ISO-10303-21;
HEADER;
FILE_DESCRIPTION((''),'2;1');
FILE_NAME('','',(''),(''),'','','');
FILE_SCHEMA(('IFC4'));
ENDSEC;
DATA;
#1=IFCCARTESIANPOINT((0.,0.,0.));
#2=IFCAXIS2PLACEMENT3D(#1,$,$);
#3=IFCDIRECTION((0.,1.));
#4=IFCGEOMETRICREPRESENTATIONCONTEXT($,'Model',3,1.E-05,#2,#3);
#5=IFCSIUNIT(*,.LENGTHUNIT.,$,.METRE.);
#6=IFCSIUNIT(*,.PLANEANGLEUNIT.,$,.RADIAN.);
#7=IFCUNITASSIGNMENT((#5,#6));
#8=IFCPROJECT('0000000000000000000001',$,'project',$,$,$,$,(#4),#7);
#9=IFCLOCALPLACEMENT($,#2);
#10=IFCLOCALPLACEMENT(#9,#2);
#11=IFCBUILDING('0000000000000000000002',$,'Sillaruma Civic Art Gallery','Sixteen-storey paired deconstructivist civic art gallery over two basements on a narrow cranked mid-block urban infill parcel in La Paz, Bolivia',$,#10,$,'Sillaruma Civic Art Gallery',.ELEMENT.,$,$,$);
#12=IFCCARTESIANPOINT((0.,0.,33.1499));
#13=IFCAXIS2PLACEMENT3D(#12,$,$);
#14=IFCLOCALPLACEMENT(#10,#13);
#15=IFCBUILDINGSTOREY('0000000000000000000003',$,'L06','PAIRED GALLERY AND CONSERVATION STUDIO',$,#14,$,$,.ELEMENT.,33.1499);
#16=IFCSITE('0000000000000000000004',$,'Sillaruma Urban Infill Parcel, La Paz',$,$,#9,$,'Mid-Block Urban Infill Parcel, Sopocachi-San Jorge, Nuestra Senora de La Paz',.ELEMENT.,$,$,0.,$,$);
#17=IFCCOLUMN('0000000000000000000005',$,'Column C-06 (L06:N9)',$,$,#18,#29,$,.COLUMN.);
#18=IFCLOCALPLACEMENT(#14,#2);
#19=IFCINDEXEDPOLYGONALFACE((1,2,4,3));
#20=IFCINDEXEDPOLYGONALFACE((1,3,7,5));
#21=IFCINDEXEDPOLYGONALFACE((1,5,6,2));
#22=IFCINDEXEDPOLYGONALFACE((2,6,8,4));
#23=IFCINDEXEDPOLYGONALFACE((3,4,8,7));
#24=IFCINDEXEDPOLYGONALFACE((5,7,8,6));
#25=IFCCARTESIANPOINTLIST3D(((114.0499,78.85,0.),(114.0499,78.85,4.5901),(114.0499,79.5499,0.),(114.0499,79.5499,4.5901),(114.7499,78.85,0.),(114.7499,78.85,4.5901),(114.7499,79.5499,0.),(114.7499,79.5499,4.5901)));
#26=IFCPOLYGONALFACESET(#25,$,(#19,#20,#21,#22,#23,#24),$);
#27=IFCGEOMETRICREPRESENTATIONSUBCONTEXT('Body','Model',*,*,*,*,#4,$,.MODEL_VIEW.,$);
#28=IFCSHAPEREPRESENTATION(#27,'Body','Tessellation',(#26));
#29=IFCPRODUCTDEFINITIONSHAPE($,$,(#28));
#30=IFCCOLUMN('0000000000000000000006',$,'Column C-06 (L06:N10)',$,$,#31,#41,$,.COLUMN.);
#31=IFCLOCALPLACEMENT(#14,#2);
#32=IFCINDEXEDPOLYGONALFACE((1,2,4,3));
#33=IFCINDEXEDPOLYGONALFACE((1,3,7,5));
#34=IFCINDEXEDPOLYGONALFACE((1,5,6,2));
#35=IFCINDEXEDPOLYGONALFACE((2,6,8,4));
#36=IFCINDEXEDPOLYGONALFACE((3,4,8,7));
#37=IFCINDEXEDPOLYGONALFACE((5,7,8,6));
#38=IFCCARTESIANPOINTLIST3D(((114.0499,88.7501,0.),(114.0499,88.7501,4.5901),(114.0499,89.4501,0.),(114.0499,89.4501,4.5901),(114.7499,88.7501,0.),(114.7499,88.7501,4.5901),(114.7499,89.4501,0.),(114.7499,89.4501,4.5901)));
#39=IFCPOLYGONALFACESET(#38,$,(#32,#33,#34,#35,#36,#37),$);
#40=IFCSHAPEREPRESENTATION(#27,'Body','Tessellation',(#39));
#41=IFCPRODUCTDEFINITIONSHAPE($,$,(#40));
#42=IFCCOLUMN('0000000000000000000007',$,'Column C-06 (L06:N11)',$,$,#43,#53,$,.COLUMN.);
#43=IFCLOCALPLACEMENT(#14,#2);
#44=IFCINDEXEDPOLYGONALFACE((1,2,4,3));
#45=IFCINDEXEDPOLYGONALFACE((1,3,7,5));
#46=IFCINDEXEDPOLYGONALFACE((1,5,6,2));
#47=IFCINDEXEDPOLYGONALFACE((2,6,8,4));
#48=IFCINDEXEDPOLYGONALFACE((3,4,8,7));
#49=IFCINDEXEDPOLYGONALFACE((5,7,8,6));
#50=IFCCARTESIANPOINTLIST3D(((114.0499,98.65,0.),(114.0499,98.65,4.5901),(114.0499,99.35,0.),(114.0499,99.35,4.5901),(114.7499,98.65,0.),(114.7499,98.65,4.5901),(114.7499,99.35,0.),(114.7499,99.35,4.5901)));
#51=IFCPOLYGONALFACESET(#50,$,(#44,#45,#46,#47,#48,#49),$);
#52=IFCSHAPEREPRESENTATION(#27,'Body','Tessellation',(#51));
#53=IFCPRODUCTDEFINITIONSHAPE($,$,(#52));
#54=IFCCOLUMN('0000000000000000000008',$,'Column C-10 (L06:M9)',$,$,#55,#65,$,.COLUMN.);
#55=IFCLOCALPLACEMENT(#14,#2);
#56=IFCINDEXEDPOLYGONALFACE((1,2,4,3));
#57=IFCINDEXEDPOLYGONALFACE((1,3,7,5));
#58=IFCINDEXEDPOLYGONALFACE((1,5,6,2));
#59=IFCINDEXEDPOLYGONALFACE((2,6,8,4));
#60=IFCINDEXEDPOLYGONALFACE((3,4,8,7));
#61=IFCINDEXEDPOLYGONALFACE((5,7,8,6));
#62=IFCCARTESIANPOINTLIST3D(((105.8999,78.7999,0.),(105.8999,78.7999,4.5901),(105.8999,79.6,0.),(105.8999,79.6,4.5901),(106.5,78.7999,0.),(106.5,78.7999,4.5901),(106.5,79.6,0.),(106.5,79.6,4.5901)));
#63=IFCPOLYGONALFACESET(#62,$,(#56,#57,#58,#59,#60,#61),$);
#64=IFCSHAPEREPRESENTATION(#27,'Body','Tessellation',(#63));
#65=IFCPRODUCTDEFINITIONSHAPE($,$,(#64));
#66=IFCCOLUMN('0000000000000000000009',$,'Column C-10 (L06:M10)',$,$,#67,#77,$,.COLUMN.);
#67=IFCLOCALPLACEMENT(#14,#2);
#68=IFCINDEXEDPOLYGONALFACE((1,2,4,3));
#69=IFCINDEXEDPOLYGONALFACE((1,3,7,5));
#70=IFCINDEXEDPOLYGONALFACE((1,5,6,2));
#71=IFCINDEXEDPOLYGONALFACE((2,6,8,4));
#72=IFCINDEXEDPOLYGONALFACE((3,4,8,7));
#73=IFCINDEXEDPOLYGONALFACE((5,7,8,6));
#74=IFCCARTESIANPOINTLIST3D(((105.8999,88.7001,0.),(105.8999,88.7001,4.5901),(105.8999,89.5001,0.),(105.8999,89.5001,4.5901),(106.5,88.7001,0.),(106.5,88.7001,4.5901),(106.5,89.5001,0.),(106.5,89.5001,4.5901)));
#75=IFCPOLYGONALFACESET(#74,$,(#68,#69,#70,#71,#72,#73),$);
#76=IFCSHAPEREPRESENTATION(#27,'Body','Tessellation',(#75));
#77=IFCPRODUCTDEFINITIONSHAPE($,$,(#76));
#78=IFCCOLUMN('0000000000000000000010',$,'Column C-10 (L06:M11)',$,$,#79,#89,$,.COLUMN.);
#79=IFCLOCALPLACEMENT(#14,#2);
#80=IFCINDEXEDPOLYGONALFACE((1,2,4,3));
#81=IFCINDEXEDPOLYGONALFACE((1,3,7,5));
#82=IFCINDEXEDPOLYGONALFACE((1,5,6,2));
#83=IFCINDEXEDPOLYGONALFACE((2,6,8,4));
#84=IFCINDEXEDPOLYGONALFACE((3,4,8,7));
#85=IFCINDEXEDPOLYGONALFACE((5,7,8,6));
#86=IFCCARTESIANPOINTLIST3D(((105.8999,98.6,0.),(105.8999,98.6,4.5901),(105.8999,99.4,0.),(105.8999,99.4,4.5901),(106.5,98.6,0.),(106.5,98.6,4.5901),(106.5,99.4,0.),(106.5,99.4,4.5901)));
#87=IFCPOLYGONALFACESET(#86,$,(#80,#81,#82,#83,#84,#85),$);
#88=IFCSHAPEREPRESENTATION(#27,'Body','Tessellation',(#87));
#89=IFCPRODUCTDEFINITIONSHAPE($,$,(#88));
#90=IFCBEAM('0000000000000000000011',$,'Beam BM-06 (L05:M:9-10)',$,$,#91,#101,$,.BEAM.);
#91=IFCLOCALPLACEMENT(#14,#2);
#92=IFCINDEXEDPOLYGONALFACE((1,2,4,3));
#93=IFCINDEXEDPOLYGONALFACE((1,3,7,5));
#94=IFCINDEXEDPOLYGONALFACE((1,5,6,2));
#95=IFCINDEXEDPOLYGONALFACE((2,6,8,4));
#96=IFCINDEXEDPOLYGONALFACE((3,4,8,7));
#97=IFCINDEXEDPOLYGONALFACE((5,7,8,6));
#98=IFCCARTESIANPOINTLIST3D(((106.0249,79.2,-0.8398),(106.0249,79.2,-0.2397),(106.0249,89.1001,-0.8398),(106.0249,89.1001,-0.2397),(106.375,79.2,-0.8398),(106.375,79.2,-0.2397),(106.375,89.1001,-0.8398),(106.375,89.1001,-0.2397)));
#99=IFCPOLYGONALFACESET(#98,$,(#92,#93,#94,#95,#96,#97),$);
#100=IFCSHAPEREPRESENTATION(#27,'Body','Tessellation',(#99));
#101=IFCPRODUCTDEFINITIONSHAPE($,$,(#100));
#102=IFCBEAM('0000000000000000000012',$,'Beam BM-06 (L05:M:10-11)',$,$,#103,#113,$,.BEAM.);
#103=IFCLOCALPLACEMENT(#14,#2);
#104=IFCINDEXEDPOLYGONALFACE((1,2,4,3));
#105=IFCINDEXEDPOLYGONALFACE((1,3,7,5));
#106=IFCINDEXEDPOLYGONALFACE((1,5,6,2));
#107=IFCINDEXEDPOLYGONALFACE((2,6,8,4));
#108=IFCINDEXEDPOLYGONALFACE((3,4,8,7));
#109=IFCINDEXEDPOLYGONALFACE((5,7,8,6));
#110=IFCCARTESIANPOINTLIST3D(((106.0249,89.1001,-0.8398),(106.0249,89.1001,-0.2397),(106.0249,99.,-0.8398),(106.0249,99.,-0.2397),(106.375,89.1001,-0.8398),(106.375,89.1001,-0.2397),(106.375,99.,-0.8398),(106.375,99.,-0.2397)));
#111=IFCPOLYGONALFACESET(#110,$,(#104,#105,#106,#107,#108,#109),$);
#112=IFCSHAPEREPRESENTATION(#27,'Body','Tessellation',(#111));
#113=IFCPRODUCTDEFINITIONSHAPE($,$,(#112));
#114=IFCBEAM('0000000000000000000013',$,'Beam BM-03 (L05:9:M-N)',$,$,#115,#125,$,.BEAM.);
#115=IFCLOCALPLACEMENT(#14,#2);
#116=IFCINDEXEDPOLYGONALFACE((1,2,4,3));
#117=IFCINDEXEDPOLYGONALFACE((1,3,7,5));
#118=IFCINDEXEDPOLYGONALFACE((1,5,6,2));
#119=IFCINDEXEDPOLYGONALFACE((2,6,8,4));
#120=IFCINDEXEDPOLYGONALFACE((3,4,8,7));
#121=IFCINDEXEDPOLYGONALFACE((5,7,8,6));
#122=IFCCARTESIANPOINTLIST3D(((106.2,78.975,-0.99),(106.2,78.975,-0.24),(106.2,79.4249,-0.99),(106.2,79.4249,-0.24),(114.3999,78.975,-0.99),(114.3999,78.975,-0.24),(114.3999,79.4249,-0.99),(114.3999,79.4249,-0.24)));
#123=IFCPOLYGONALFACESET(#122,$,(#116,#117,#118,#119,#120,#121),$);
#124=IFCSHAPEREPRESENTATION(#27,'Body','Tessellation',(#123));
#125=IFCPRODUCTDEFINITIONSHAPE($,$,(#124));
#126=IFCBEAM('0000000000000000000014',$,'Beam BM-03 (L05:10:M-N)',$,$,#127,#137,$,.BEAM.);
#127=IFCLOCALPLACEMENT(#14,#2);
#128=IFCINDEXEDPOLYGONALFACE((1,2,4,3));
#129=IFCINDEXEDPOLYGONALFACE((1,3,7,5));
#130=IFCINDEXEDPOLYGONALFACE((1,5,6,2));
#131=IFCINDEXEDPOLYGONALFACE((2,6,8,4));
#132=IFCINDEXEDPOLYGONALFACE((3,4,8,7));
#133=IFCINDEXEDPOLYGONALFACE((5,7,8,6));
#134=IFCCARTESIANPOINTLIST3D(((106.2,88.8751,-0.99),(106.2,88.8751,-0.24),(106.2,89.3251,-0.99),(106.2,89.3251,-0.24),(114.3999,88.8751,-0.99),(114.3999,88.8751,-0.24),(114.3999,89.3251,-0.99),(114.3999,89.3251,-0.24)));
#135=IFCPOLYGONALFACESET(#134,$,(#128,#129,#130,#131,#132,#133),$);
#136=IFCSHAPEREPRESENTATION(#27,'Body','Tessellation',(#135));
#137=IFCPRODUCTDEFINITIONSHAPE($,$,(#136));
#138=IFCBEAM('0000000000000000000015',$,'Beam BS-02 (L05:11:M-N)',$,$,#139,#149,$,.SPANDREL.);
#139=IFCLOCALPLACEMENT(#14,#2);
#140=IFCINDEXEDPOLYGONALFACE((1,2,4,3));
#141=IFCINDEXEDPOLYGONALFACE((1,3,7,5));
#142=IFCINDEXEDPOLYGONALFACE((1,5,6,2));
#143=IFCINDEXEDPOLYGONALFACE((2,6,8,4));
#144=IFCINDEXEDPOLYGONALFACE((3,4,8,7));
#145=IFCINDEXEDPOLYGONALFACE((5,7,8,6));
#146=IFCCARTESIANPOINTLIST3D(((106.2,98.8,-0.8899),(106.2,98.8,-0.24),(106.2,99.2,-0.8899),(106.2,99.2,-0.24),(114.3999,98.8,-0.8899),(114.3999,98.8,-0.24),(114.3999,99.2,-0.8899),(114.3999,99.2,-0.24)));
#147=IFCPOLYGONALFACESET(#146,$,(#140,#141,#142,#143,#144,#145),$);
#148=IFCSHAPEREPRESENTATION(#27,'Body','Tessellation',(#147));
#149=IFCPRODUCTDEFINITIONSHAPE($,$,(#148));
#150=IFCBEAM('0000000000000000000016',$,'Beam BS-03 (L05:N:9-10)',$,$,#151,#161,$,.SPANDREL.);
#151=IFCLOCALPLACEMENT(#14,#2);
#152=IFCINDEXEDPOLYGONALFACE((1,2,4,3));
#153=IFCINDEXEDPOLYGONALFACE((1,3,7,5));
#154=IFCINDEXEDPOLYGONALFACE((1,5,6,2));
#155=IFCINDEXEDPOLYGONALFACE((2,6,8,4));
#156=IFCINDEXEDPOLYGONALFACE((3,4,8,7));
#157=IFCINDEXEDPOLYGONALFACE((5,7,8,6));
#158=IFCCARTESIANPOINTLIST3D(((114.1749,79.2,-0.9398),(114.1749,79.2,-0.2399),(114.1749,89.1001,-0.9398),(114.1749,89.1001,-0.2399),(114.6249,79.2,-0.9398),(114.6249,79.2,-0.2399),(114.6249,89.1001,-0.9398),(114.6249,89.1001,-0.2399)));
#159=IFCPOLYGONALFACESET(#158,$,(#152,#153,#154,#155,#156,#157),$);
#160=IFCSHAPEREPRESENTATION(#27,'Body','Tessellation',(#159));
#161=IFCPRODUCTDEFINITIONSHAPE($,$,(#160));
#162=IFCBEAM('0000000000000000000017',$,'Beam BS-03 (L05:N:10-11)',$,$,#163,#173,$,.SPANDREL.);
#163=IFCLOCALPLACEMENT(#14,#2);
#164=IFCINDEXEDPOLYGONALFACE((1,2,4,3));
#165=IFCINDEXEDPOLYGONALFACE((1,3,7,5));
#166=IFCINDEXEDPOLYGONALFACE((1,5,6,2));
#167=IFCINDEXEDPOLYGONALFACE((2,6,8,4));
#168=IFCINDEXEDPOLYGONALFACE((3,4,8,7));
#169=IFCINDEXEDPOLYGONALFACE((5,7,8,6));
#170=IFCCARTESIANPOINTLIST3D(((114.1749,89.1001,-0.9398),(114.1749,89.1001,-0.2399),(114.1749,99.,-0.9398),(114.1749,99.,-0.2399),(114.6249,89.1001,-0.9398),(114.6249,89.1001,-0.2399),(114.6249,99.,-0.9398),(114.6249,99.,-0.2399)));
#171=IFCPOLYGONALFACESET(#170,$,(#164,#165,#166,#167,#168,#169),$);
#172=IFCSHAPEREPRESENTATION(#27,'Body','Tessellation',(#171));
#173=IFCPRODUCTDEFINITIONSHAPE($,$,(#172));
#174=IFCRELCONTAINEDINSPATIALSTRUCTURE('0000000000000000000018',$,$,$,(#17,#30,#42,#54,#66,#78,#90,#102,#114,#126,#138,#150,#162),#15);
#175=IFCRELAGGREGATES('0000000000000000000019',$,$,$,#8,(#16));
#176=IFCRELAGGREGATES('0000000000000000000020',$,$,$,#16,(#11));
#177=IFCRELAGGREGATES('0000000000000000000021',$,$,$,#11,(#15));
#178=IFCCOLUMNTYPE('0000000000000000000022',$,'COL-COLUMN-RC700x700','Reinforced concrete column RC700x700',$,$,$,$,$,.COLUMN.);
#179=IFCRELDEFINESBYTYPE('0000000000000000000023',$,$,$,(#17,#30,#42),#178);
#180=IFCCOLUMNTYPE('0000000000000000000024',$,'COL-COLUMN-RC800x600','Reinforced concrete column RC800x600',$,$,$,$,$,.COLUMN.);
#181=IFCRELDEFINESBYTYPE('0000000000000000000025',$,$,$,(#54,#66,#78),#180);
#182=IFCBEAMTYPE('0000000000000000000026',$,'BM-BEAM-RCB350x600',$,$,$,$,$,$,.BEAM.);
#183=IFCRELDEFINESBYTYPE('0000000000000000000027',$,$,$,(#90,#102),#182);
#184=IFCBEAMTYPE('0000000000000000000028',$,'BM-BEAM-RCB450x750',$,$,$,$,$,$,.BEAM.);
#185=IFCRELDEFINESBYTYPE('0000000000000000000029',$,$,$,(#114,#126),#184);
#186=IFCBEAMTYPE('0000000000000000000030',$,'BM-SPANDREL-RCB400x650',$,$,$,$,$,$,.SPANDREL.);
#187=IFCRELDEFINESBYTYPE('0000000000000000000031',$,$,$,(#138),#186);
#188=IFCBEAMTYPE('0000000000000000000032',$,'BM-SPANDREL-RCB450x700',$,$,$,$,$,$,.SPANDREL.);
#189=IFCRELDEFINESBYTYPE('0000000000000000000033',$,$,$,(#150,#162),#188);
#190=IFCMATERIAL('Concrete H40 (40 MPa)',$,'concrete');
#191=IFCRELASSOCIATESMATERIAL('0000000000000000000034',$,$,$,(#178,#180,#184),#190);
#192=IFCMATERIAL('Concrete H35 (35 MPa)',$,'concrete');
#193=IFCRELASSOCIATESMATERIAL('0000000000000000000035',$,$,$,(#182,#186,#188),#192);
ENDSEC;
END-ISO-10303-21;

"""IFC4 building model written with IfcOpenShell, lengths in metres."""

from ifc_helpers import new_model, si_unit, direction, frame, origin, origin_2d, place, context, subcontext, project, spatial, rectangle, extrude, material, material_profile, profile_set, type_object, element, save


model = new_model("IFC4")

# Units and contexts
model_context = context("Model", 3, precision=1e-05, world=origin(), true_north=direction((0.0, 1.0)))
body_context = subcontext(model_context, "Body", "Model", "MODEL_VIEW")
ifc_project = project(units=[si_unit("LENGTHUNIT", "METRE"), si_unit("PLANEANGLEUNIT", "RADIAN")], contexts=[model_context])

# Site, building, storey
site_placement = place(None, origin())
site = spatial("IfcSite", under=ifc_project, at=site_placement, Name="Sillaruma Urban Infill Parcel, La Paz", LongName="Mid-Block Urban Infill Parcel, Sopocachi-San Jorge, Nuestra Senora de La Paz", CompositionType="ELEMENT", RefElevation=0.0)
building_placement = place(site_placement, origin())
building = spatial("IfcBuilding", under=site, at=building_placement, Name="Sillaruma Civic Art Gallery", Description="Sixteen-storey paired deconstructivist civic art gallery over two basements on a narrow cranked mid-block urban infill parcel in La Paz, Bolivia", LongName="Sillaruma Civic Art Gallery", CompositionType="ELEMENT")
storey_placement = place(building_placement, frame((0.0, 0.0, 33.1499)))
storey = spatial("IfcBuildingStorey", under=building, at=storey_placement, Name="L06", Description="PAIRED GALLERY AND CONSERVATION STUDIO", CompositionType="ELEMENT", Elevation=33.1499)

# Columns
ifc_material_1 = material(Name="Concrete H40 (40 MPa)", Category="concrete")
ifc_material_profile_1 = material_profile(ifc_material_1, rectangle(XDim=0.7, YDim=0.7, at=origin_2d()), Name="RC700x700")
ifc_profile_set_1 = profile_set([ifc_material_profile_1], Name="Concrete H40 (40 MPa)")
column_type_1 = type_object("IfcColumnType", Name="COL-COLUMN-RC700x700", Description="Reinforced concrete column RC700x700", PredefinedType="COLUMN", material=ifc_profile_set_1)
for number, where, z_axis, x_axis, name in (
    (1, (114.3999, 79.2, 0.0), (0.0, 0.0, 1.0), (1.0, 0.0, 0.0), "Column C-06 (L06:N9)"),
    (2, (114.3999, 89.1001, 0.0), (0.0, 0.0, 1.0), (1.0, 0.0, 0.0), "Column C-06 (L06:N10)"),
    (3, (114.3999, 99.0, 0.0), (0.0, 0.0, 1.0), (1.0, 0.0, 0.0), "Column C-06 (L06:N11)"),
):
    element("IfcColumn", number, at=place(storey_placement, frame(where, z_axis=z_axis, x_axis=x_axis)), inside=storey, type_object=column_type_1, Name=name, PredefinedType="COLUMN", context=body_context, shape_type="SweptSolid", body=[
        extrude(rectangle(XDim=0.7, YDim=0.7, at=origin_2d()), origin(), (0.0, 0.0, 1.0), 4.5901),
    ])
ifc_material_profile_2 = material_profile(ifc_material_1, rectangle(XDim=0.6001, YDim=0.8, at=origin_2d()), Name="RC800x600")
ifc_profile_set_2 = profile_set([ifc_material_profile_2], Name="Concrete H40 (40 MPa)")
column_type_2 = type_object("IfcColumnType", Name="COL-COLUMN-RC800x600", Description="Reinforced concrete column RC800x600", PredefinedType="COLUMN", material=ifc_profile_set_2)
for number, where, z_axis, x_axis, name in (
    (4, (106.2, 79.2, 0.0), (0.0, 0.0, 1.0), (1.0, 0.0, 0.0), "Column C-10 (L06:M9)"),
    (5, (106.2, 89.1001, 0.0), (0.0, 0.0, 1.0), (1.0, 0.0, 0.0), "Column C-10 (L06:M10)"),
    (6, (106.2, 99.0, 0.0), (0.0, 0.0, 1.0), (1.0, 0.0, 0.0), "Column C-10 (L06:M11)"),
):
    element("IfcColumn", number, at=place(storey_placement, frame(where, z_axis=z_axis, x_axis=x_axis)), inside=storey, type_object=column_type_2, Name=name, PredefinedType="COLUMN", context=body_context, shape_type="SweptSolid", body=[
        extrude(rectangle(XDim=0.6001, YDim=0.8, at=origin_2d()), origin(), (0.0, 0.0, 1.0), 4.5901),
    ])

# Beams
ifc_material_2 = material(Name="Concrete H35 (35 MPa)", Category="concrete")
ifc_material_profile_3 = material_profile(ifc_material_2, rectangle(XDim=0.3501, YDim=0.6001, at=origin_2d()), Name="RCB350x600")
ifc_profile_set_3 = profile_set([ifc_material_profile_3], Name="Concrete H35 (35 MPa)")
beam_type_1 = type_object("IfcBeamType", Name="BM-BEAM-RCB350x600", PredefinedType="BEAM", material=ifc_profile_set_3)
beam_1_placement = place(storey_placement, frame((106.2, 79.2, -0.5398), z_axis=(0.0, 1.0, 0.0), x_axis=(-1.0, 0.0, 0.0)))
element("IfcBeam", 7, at=beam_1_placement, inside=storey, type_object=beam_type_1, Name="Beam BM-06 (L05:M:9-10)", PredefinedType="BEAM", context=body_context, shape_type="SweptSolid", body=[
    extrude(rectangle(XDim=0.3501, YDim=0.6001, at=origin_2d()), origin(), (0.0, 0.0, 1.0), 9.9001),
])
beam_2_placement = place(storey_placement, frame((106.2, 89.1001, -0.5398), z_axis=(0.0, 1.0, 0.0), x_axis=(-1.0, 0.0, 0.0)))
element("IfcBeam", 8, at=beam_2_placement, inside=storey, type_object=beam_type_1, Name="Beam BM-06 (L05:M:10-11)", PredefinedType="BEAM", context=body_context, shape_type="SweptSolid", body=[
    extrude(rectangle(XDim=0.3501, YDim=0.6001, at=origin_2d()), origin(), (0.0, 0.0, 1.0), 9.8999),
])
ifc_material_profile_4 = material_profile(ifc_material_1, rectangle(XDim=0.45, YDim=0.75, at=origin_2d()), Name="RCB450x750")
ifc_profile_set_4 = profile_set([ifc_material_profile_4], Name="Concrete H40 (40 MPa)")
beam_type_2 = type_object("IfcBeamType", Name="BM-BEAM-RCB450x750", PredefinedType="BEAM", material=ifc_profile_set_4)
for number, where, z_axis, x_axis, name in (
    (9, (106.2, 79.2, -0.615), (1.0, 0.0, 0.0), (0.0, 1.0, 0.0), "Beam BM-03 (L05:9:M-N)"),
    (10, (106.2, 89.1001, -0.615), (1.0, 0.0, 0.0), (0.0, 1.0, 0.0), "Beam BM-03 (L05:10:M-N)"),
):
    element("IfcBeam", number, at=place(storey_placement, frame(where, z_axis=z_axis, x_axis=x_axis)), inside=storey, type_object=beam_type_2, Name=name, PredefinedType="BEAM", context=body_context, shape_type="SweptSolid", body=[
        extrude(rectangle(XDim=0.45, YDim=0.75, at=origin_2d()), origin(), (0.0, 0.0, 1.0), 8.2),
    ])
ifc_material_profile_5 = material_profile(ifc_material_2, rectangle(XDim=0.3999, YDim=0.6499, at=origin_2d()), Name="RCB400x650")
ifc_profile_set_5 = profile_set([ifc_material_profile_5], Name="Concrete H35 (35 MPa)")
beam_type_3 = type_object("IfcBeamType", Name="BM-SPANDREL-RCB400x650", PredefinedType="SPANDREL", material=ifc_profile_set_5)
beam_3_placement = place(storey_placement, frame((106.2, 99.0, -0.5649), z_axis=(1.0, 0.0, 0.0), x_axis=(0.0, 1.0, 0.0)))
element("IfcBeam", 11, at=beam_3_placement, inside=storey, type_object=beam_type_3, Name="Beam BS-02 (L05:11:M-N)", PredefinedType="SPANDREL", context=body_context, shape_type="SweptSolid", body=[
    extrude(rectangle(XDim=0.3999, YDim=0.6499, at=origin_2d()), origin(), (0.0, 0.0, 1.0), 8.2),
])
ifc_material_profile_6 = material_profile(ifc_material_2, rectangle(XDim=0.45, YDim=0.7, at=origin_2d()), Name="RCB450x700")
ifc_profile_set_6 = profile_set([ifc_material_profile_6], Name="Concrete H35 (35 MPa)")
beam_type_4 = type_object("IfcBeamType", Name="BM-SPANDREL-RCB450x700", PredefinedType="SPANDREL", material=ifc_profile_set_6)
beam_4_placement = place(storey_placement, frame((114.3999, 79.2, -0.5898), z_axis=(0.0, 1.0, 0.0), x_axis=(-1.0, 0.0, 0.0)))
element("IfcBeam", 12, at=beam_4_placement, inside=storey, type_object=beam_type_4, Name="Beam BS-03 (L05:N:9-10)", PredefinedType="SPANDREL", context=body_context, shape_type="SweptSolid", body=[
    extrude(rectangle(XDim=0.45, YDim=0.7, at=origin_2d()), origin(), (0.0, 0.0, 1.0), 9.9001),
])
beam_5_placement = place(storey_placement, frame((114.3999, 89.1001, -0.5898), z_axis=(0.0, 1.0, 0.0), x_axis=(-1.0, 0.0, 0.0)))
element("IfcBeam", 13, at=beam_5_placement, inside=storey, type_object=beam_type_4, Name="Beam BS-03 (L05:N:10-11)", PredefinedType="SPANDREL", context=body_context, shape_type="SweptSolid", body=[
    extrude(rectangle(XDim=0.45, YDim=0.7, at=origin_2d()), origin(), (0.0, 0.0, 1.0), 9.8999),
])

save(model, "model.ifc")
